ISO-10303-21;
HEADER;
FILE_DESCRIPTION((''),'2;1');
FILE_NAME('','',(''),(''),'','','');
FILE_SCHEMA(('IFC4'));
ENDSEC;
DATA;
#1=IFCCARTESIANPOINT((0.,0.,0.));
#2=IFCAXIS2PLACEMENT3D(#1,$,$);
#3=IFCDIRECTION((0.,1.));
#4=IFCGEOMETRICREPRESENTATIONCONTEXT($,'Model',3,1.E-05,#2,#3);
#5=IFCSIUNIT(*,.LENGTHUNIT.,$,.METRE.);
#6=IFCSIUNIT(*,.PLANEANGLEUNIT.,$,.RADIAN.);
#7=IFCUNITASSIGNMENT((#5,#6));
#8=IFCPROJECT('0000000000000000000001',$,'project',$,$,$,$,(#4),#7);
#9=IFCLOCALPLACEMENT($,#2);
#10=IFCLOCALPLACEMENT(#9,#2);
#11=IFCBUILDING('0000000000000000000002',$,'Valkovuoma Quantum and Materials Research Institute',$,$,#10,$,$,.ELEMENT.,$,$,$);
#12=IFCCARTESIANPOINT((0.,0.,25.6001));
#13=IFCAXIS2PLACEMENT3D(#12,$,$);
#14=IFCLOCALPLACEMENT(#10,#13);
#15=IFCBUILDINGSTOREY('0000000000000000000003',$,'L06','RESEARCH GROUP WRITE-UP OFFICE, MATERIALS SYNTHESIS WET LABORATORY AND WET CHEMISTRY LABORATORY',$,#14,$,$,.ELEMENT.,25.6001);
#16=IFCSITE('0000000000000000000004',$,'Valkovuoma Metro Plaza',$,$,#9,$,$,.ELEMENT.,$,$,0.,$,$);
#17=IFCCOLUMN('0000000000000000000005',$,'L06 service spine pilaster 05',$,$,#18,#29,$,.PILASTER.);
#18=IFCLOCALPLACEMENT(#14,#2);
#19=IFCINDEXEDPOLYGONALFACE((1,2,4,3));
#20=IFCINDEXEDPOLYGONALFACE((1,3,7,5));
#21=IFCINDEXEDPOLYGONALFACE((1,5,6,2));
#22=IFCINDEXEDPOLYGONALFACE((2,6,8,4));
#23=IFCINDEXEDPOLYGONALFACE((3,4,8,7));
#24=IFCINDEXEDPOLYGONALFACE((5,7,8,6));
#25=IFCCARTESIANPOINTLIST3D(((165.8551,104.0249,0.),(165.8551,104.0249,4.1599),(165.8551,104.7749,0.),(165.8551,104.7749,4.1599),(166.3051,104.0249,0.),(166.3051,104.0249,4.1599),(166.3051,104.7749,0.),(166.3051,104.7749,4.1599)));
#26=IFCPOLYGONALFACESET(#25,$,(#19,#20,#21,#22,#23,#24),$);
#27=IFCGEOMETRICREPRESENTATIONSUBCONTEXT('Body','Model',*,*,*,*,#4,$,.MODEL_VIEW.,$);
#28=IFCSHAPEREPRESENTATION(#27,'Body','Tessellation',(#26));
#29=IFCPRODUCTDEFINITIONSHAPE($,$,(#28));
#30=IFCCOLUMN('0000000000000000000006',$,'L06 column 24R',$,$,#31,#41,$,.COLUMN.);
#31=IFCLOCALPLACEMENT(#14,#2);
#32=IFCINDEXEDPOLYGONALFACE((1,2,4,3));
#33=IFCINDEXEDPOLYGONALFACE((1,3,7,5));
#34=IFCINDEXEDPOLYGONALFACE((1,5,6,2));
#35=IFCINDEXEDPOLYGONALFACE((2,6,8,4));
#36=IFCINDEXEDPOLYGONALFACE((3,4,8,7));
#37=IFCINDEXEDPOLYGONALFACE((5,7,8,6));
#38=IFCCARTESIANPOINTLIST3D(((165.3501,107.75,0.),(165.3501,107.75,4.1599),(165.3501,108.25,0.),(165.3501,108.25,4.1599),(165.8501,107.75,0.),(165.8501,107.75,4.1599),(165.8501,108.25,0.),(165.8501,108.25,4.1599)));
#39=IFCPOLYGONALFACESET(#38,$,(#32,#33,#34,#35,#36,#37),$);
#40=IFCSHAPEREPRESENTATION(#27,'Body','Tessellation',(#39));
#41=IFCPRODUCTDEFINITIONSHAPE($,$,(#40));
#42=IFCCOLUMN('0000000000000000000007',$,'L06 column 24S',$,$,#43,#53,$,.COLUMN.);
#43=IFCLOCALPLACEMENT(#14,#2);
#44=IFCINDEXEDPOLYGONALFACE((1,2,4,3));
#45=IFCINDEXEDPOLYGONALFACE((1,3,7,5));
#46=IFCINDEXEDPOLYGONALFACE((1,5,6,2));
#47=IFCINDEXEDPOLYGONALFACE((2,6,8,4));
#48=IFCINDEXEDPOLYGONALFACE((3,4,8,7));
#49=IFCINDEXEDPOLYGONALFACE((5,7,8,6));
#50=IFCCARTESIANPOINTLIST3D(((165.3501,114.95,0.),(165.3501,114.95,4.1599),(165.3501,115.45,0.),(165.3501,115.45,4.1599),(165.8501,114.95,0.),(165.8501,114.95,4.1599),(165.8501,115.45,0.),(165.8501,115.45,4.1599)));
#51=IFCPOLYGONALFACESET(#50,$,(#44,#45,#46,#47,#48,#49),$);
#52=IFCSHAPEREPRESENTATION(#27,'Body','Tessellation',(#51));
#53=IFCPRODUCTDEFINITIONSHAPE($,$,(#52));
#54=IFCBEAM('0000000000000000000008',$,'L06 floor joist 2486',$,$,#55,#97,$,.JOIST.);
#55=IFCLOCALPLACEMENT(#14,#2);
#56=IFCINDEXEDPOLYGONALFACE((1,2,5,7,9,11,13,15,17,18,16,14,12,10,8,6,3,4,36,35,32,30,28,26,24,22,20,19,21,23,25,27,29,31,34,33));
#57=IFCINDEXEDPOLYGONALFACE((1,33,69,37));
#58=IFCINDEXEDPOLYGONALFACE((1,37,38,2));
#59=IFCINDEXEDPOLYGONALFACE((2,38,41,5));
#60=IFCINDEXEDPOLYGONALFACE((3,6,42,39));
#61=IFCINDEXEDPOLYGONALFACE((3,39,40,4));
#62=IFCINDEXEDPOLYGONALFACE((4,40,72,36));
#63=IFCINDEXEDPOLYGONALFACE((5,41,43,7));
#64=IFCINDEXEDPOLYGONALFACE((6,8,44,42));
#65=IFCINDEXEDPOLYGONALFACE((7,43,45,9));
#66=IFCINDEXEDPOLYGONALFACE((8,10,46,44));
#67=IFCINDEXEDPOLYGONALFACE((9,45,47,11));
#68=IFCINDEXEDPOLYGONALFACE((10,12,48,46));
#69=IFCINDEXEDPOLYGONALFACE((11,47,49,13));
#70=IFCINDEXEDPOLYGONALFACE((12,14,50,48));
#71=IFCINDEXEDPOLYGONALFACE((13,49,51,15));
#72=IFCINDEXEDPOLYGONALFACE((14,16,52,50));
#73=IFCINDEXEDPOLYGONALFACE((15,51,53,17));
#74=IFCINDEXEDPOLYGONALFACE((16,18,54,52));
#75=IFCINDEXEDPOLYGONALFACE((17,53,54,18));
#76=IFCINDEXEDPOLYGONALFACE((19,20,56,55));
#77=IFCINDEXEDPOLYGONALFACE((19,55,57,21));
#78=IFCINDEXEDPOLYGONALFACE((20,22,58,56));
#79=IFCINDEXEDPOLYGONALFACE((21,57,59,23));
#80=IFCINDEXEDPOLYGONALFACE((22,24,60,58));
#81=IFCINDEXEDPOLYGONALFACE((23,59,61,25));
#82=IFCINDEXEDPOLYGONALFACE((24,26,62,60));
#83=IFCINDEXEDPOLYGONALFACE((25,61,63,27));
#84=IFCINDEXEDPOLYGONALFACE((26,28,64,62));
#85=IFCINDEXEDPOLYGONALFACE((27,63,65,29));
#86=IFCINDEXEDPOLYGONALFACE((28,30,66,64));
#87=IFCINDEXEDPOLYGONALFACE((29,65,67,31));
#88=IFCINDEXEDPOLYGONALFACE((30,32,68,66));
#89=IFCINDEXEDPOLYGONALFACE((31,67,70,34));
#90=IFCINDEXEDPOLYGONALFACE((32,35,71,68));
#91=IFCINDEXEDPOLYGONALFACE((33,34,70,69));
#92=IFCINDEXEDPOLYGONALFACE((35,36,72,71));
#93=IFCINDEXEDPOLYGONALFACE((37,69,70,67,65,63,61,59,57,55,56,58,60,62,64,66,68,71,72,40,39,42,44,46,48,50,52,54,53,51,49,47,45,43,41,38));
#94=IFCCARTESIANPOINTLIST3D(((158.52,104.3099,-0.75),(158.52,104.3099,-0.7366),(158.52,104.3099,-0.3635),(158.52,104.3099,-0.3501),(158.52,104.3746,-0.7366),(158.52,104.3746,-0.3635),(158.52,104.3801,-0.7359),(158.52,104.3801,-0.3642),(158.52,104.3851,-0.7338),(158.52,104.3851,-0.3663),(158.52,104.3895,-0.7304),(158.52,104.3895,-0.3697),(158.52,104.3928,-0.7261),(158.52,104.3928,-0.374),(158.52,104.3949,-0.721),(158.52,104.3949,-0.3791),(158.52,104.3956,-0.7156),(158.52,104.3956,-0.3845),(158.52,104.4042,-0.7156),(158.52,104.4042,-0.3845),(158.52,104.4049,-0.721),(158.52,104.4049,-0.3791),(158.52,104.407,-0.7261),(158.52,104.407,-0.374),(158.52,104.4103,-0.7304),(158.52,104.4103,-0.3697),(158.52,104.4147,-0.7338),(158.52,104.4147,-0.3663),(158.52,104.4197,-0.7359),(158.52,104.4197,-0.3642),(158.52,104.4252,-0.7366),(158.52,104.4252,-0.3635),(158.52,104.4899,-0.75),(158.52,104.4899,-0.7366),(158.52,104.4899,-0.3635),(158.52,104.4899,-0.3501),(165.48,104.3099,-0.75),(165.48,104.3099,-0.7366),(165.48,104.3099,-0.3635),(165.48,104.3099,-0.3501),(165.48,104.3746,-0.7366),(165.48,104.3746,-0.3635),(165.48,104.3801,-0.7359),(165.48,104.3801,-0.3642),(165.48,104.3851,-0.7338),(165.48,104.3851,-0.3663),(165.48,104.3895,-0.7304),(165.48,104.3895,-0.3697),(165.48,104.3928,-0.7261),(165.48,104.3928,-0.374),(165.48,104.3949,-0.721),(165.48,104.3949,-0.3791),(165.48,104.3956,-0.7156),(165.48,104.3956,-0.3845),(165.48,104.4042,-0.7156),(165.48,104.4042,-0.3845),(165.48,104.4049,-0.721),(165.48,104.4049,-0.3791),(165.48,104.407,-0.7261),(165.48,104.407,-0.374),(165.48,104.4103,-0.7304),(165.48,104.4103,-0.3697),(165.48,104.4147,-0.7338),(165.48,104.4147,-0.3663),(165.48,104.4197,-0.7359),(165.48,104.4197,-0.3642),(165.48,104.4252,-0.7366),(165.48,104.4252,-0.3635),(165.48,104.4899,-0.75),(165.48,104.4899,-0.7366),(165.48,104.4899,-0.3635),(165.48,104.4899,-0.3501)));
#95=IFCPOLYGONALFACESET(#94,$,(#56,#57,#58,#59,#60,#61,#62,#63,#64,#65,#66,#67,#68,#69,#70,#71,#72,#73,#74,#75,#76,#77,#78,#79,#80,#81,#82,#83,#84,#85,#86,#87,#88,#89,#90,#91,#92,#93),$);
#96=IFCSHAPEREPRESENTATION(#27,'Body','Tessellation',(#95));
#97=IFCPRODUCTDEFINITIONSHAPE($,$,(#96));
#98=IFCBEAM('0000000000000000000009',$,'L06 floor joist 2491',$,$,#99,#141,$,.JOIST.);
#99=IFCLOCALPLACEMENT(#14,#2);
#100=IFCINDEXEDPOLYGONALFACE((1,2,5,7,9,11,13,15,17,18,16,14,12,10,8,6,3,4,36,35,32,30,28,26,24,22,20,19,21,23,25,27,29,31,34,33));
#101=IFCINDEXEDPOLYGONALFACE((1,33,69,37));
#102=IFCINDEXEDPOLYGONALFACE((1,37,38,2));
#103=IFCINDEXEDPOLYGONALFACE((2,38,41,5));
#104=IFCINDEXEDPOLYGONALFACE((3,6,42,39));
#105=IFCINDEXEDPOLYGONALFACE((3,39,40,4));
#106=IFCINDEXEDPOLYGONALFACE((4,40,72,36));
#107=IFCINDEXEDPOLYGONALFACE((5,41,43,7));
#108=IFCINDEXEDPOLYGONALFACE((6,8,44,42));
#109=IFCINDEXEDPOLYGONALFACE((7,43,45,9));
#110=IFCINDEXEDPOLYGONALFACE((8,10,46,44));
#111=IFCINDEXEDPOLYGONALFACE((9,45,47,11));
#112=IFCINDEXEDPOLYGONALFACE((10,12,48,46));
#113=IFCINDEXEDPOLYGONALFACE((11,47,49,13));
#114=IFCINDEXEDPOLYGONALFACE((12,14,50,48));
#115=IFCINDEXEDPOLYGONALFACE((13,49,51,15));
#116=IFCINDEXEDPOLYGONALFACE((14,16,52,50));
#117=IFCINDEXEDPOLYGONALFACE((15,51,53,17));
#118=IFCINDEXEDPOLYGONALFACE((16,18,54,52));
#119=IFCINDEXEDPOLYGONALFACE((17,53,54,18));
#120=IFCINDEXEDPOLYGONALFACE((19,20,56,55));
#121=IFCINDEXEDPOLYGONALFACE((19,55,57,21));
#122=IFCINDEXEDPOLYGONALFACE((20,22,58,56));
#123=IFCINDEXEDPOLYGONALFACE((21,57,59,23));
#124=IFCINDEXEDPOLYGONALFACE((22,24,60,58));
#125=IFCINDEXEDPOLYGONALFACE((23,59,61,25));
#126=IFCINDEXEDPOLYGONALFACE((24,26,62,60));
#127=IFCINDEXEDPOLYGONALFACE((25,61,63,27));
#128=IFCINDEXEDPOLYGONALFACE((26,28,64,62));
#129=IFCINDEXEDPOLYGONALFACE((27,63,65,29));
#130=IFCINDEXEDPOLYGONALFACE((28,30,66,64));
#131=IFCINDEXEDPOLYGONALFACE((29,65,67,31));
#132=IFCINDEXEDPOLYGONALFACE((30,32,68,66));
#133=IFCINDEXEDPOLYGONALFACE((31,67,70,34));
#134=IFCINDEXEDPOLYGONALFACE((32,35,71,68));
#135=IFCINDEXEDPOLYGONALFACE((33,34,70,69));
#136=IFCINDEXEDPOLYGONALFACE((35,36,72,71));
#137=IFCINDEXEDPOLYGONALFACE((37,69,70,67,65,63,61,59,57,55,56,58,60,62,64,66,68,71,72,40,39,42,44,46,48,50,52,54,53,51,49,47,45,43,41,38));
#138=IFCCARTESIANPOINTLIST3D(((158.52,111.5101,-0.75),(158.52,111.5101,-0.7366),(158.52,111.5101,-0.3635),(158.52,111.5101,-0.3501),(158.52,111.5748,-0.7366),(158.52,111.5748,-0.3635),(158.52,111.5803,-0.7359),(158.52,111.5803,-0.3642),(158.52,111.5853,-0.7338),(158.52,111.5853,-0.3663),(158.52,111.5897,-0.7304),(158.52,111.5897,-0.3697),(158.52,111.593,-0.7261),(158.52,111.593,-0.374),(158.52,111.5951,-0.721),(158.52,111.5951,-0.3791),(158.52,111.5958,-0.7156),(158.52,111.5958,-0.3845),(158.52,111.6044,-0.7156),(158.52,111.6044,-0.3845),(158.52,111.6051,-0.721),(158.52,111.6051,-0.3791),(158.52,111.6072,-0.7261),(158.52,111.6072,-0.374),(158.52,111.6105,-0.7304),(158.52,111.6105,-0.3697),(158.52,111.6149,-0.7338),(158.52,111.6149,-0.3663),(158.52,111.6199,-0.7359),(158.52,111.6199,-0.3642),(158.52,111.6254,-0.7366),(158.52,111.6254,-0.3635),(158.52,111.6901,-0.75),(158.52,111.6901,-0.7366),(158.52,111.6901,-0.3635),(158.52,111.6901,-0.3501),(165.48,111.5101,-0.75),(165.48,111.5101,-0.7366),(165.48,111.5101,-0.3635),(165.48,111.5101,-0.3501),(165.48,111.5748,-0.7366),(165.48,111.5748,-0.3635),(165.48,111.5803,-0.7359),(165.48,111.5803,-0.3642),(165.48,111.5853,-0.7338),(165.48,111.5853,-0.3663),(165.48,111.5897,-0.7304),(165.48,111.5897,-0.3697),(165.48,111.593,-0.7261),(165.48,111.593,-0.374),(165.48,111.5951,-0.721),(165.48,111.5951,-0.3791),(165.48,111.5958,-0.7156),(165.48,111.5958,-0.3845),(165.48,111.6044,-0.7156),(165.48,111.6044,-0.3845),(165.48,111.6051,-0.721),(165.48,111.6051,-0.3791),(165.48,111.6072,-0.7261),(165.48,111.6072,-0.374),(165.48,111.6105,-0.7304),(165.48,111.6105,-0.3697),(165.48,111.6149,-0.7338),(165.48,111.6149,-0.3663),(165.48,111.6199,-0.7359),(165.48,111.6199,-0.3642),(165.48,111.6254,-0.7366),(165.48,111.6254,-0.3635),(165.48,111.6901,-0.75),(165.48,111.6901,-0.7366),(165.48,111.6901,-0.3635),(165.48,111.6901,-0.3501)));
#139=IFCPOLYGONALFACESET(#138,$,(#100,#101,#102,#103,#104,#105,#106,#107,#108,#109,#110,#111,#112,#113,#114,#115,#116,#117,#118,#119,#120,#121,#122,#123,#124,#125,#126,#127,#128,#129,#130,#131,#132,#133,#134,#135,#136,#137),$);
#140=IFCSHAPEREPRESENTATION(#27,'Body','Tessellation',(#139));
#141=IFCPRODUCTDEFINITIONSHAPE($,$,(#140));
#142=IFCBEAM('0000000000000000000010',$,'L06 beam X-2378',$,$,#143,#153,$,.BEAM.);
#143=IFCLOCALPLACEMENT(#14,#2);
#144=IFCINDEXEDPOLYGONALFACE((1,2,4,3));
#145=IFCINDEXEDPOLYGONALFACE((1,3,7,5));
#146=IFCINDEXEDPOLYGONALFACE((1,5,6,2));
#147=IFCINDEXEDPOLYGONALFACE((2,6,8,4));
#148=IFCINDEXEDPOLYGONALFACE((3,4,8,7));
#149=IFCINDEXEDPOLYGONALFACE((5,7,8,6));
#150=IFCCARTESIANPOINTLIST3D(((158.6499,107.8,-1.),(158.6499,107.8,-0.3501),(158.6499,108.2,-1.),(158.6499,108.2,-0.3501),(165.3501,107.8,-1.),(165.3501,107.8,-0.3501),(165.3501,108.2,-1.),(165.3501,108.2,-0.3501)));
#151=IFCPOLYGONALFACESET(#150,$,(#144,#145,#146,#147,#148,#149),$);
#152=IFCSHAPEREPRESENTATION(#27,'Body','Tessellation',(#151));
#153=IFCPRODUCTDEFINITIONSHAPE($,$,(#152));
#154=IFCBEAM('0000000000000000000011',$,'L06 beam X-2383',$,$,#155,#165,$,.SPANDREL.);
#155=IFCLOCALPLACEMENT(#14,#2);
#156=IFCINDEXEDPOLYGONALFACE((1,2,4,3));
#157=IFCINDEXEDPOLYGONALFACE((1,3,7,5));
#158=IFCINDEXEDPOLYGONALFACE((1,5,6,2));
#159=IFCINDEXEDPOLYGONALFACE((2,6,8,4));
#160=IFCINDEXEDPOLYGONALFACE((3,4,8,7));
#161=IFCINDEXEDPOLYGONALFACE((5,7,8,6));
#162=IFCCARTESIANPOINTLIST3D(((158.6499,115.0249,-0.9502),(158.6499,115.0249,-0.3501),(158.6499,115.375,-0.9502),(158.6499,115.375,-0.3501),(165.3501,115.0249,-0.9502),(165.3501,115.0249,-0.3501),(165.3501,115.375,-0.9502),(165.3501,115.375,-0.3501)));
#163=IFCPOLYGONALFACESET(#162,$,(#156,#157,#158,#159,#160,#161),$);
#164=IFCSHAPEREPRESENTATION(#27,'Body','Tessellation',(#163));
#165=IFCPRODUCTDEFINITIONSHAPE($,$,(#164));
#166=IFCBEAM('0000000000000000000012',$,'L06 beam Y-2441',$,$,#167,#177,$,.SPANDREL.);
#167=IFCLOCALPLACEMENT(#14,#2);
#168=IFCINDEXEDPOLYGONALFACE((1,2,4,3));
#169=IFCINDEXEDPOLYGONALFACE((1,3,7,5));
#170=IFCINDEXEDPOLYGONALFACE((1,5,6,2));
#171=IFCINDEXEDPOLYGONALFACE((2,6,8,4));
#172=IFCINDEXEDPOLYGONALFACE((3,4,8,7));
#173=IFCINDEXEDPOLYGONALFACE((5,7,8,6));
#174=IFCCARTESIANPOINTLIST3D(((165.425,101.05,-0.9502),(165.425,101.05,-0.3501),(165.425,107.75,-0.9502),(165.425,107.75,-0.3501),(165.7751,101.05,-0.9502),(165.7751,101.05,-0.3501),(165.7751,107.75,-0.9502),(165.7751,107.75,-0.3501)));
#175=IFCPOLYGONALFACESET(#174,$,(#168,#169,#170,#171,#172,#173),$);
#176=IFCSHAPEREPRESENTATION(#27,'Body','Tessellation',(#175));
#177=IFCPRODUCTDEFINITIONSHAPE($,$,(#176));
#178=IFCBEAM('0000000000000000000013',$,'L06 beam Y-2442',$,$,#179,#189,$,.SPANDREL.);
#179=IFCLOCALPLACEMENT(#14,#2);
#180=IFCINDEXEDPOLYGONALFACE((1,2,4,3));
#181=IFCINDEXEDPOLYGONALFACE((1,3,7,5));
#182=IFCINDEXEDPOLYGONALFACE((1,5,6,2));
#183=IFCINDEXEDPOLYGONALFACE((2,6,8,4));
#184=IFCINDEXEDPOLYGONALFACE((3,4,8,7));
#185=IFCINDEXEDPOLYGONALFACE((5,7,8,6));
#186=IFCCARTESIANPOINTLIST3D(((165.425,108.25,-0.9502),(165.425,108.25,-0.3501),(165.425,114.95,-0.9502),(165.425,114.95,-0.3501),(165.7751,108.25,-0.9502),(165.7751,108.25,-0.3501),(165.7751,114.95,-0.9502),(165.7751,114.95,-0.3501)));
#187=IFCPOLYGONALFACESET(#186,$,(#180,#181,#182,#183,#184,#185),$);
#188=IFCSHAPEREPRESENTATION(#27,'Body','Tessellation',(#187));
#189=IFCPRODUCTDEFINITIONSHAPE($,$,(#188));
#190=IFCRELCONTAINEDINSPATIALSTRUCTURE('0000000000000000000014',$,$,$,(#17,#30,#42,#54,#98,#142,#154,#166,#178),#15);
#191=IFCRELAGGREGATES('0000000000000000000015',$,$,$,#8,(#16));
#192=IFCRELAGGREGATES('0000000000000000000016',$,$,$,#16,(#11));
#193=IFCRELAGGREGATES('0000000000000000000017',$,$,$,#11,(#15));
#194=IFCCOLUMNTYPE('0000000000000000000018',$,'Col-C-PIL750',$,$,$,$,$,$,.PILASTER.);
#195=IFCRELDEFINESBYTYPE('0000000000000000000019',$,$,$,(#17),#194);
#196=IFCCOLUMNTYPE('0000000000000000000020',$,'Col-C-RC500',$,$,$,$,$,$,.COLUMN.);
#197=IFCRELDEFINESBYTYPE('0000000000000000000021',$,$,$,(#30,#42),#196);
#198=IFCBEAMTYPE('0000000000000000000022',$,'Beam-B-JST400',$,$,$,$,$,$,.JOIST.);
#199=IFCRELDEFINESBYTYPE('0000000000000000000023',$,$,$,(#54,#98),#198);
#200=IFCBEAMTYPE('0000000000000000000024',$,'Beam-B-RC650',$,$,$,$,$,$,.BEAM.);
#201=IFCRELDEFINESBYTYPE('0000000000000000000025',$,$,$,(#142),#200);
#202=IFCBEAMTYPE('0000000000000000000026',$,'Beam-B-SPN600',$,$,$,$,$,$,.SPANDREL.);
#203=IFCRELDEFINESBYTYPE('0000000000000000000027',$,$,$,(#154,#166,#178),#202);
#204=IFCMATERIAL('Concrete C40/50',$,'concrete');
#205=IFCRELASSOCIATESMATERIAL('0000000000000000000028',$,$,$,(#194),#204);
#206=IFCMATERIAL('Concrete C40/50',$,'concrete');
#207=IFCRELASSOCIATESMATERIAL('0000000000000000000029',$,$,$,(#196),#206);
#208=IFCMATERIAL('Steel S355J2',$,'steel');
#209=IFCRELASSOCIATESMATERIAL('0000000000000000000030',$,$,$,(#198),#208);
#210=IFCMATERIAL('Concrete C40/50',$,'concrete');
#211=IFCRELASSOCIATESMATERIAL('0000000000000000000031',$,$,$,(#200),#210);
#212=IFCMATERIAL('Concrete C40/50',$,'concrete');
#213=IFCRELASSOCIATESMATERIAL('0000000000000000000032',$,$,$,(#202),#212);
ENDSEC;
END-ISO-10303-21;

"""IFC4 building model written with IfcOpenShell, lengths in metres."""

from ifc_helpers import new_model, si_unit, direction, frame, origin, origin_2d, place, context, subcontext, project, spatial, rectangle, i_section, extrude, material, material_profile, profile_set, type_object, element, save


model = new_model("IFC4")

# Units and contexts
model_context = context("Model", 3, precision=1e-05, world=origin(), true_north=direction((0.0, 1.0)))
body_context = subcontext(model_context, "Body", "Model", "MODEL_VIEW")
ifc_project = project(units=[si_unit("LENGTHUNIT", "METRE"), si_unit("PLANEANGLEUNIT", "RADIAN")], contexts=[model_context])

# Site, building, storey
site_placement = place(None, origin())
site = spatial("IfcSite", under=ifc_project, at=site_placement, Name="Valkovuoma Metro Plaza", CompositionType="ELEMENT", RefElevation=0.0)
building_placement = place(site_placement, origin())
building = spatial("IfcBuilding", under=site, at=building_placement, Name="Valkovuoma Quantum and Materials Research Institute", CompositionType="ELEMENT")
storey_placement = place(building_placement, frame((0.0, 0.0, 25.6001)))
storey = spatial("IfcBuildingStorey", under=building, at=storey_placement, Name="L06", Description="RESEARCH GROUP WRITE-UP OFFICE, MATERIALS SYNTHESIS WET LABORATORY AND WET CHEMISTRY LABORATORY", CompositionType="ELEMENT", Elevation=25.6001)

# Columns
ifc_material_1 = material(Name="Concrete C40/50", Category="concrete")
ifc_material_profile_1 = material_profile(ifc_material_1, rectangle(XDim=0.45, YDim=0.75, at=origin_2d()), Name="Concrete C40/50")
ifc_profile_set_1 = profile_set([ifc_material_profile_1], Name="Concrete C40/50")
column_type_1 = type_object("IfcColumnType", Name="Col-C-PIL750", PredefinedType="PILASTER", material=ifc_profile_set_1)
column_placement = place(storey_placement, frame((166.0801, 104.3999, 0.0), z_axis=(0.0, 0.0, 1.0), x_axis=(1.0, 0.0, 0.0)))
element("IfcColumn", 1, at=column_placement, inside=storey, type_object=column_type_1, Name="L06 service spine pilaster 05", PredefinedType="PILASTER", context=body_context, shape_type="SweptSolid", body=[
    extrude(rectangle(XDim=0.45, YDim=0.75, at=origin_2d()), origin(), (0.0, 0.0, 1.0), 4.1599),
])
ifc_material_2 = material(Name="Concrete C40/50", Category="concrete")
ifc_material_profile_2 = material_profile(ifc_material_2, rectangle(XDim=0.5, YDim=0.5, at=origin_2d()), Name="Concrete C40/50")
ifc_profile_set_2 = profile_set([ifc_material_profile_2], Name="Concrete C40/50")
column_type_2 = type_object("IfcColumnType", Name="Col-C-RC500", PredefinedType="COLUMN", material=ifc_profile_set_2)
for number, where, z_axis, x_axis, name in (
    (2, (165.6001, 108.0, 0.0), (0.0, 0.0, 1.0), (1.0, 0.0, 0.0), "L06 column 24R"),
    (3, (165.6001, 115.2, 0.0), (0.0, 0.0, 1.0), (1.0, 0.0, 0.0), "L06 column 24S"),
):
    element("IfcColumn", number, at=place(storey_placement, frame(where, z_axis=z_axis, x_axis=x_axis)), inside=storey, type_object=column_type_2, Name=name, PredefinedType="COLUMN", context=body_context, shape_type="SweptSolid", body=[
        extrude(rectangle(XDim=0.5, YDim=0.5, at=origin_2d()), origin(), (0.0, 0.0, 1.0), 4.1599),
    ])

# Beams
ifc_material_3 = material(Name="Steel S355J2", Category="steel")
ifc_material_profile_3 = material_profile(ifc_material_3, i_section(OverallWidth=0.1799, OverallDepth=0.3999, WebThickness=0.0085, FlangeThickness=0.0134, FilletRadius=0.021, at=origin_2d()), Name="Steel S355J2")
ifc_profile_set_3 = profile_set([ifc_material_profile_3], Name="Steel S355J2")
beam_type_1 = type_object("IfcBeamType", Name="Beam-B-JST400", PredefinedType="JOIST", material=ifc_profile_set_3)
for number, where, z_axis, x_axis, name in (
    (4, (158.52, 104.3999, -0.55), (1.0, 0.0, 0.0), (0.0, 1.0, 0.0), "L06 floor joist 2486"),
    (5, (158.52, 111.6001, -0.55), (1.0, 0.0, 0.0), (0.0, 1.0, 0.0), "L06 floor joist 2491"),
):
    element("IfcBeam", number, at=place(storey_placement, frame(where, z_axis=z_axis, x_axis=x_axis)), inside=storey, type_object=beam_type_1, Name=name, PredefinedType="JOIST", context=body_context, shape_type="SweptSolid", body=[
        extrude(i_section(OverallWidth=0.1799, OverallDepth=0.3999, WebThickness=0.0085, FlangeThickness=0.0134, FilletRadius=0.021, at=origin_2d()), origin(), (0.0, 0.0, 1.0), 6.96),
    ])
ifc_material_4 = material(Name="Concrete C40/50", Category="concrete")
ifc_material_profile_4 = material_profile(ifc_material_4, rectangle(XDim=0.3999, YDim=0.6499, at=origin_2d()), Name="Concrete C40/50")
ifc_profile_set_4 = profile_set([ifc_material_profile_4], Name="Concrete C40/50")
beam_type_2 = type_object("IfcBeamType", Name="Beam-B-RC650", PredefinedType="BEAM", material=ifc_profile_set_4)
beam_1_placement = place(storey_placement, frame((158.6499, 108.0, -0.675), z_axis=(1.0, 0.0, 0.0), x_axis=(0.0, 1.0, 0.0)))
element("IfcBeam", 6, at=beam_1_placement, inside=storey, type_object=beam_type_2, Name="L06 beam X-2378", PredefinedType="BEAM", context=body_context, shape_type="SweptSolid", body=[
    extrude(rectangle(XDim=0.3999, YDim=0.6499, at=origin_2d()), origin(), (0.0, 0.0, 1.0), 6.7002),
])
ifc_material_5 = material(Name="Concrete C40/50", Category="concrete")
ifc_material_profile_5 = material_profile(ifc_material_5, rectangle(XDim=0.3501, YDim=0.6001, at=origin_2d()), Name="Concrete C40/50")
ifc_profile_set_5 = profile_set([ifc_material_profile_5], Name="Concrete C40/50")
beam_type_3 = type_object("IfcBeamType", Name="Beam-B-SPN600", PredefinedType="SPANDREL", material=ifc_profile_set_5)
beam_2_placement = place(storey_placement, frame((158.6499, 115.2, -0.6501), z_axis=(1.0, 0.0, 0.0), x_axis=(0.0, 1.0, 0.0)))
element("IfcBeam", 7, at=beam_2_placement, inside=storey, type_object=beam_type_3, Name="L06 beam X-2383", PredefinedType="SPANDREL", context=body_context, shape_type="SweptSolid", body=[
    extrude(rectangle(XDim=0.3501, YDim=0.6001, at=origin_2d()), origin(), (0.0, 0.0, 1.0), 6.7002),
])
for number, where, z_axis, x_axis, name in (
    (8, (165.6001, 101.05, -0.6501), (0.0, 1.0, 0.0), (-1.0, 0.0, 0.0), "L06 beam Y-2441"),
    (9, (165.6001, 108.25, -0.6501), (0.0, 1.0, 0.0), (-1.0, 0.0, 0.0), "L06 beam Y-2442"),
):
    element("IfcBeam", number, at=place(storey_placement, frame(where, z_axis=z_axis, x_axis=x_axis)), inside=storey, type_object=beam_type_3, Name=name, PredefinedType="SPANDREL", context=body_context, shape_type="SweptSolid", body=[
        extrude(rectangle(XDim=0.3501, YDim=0.6001, at=origin_2d()), origin(), (0.0, 0.0, 1.0), 6.7),
    ])

save(model, "model.ifc")
